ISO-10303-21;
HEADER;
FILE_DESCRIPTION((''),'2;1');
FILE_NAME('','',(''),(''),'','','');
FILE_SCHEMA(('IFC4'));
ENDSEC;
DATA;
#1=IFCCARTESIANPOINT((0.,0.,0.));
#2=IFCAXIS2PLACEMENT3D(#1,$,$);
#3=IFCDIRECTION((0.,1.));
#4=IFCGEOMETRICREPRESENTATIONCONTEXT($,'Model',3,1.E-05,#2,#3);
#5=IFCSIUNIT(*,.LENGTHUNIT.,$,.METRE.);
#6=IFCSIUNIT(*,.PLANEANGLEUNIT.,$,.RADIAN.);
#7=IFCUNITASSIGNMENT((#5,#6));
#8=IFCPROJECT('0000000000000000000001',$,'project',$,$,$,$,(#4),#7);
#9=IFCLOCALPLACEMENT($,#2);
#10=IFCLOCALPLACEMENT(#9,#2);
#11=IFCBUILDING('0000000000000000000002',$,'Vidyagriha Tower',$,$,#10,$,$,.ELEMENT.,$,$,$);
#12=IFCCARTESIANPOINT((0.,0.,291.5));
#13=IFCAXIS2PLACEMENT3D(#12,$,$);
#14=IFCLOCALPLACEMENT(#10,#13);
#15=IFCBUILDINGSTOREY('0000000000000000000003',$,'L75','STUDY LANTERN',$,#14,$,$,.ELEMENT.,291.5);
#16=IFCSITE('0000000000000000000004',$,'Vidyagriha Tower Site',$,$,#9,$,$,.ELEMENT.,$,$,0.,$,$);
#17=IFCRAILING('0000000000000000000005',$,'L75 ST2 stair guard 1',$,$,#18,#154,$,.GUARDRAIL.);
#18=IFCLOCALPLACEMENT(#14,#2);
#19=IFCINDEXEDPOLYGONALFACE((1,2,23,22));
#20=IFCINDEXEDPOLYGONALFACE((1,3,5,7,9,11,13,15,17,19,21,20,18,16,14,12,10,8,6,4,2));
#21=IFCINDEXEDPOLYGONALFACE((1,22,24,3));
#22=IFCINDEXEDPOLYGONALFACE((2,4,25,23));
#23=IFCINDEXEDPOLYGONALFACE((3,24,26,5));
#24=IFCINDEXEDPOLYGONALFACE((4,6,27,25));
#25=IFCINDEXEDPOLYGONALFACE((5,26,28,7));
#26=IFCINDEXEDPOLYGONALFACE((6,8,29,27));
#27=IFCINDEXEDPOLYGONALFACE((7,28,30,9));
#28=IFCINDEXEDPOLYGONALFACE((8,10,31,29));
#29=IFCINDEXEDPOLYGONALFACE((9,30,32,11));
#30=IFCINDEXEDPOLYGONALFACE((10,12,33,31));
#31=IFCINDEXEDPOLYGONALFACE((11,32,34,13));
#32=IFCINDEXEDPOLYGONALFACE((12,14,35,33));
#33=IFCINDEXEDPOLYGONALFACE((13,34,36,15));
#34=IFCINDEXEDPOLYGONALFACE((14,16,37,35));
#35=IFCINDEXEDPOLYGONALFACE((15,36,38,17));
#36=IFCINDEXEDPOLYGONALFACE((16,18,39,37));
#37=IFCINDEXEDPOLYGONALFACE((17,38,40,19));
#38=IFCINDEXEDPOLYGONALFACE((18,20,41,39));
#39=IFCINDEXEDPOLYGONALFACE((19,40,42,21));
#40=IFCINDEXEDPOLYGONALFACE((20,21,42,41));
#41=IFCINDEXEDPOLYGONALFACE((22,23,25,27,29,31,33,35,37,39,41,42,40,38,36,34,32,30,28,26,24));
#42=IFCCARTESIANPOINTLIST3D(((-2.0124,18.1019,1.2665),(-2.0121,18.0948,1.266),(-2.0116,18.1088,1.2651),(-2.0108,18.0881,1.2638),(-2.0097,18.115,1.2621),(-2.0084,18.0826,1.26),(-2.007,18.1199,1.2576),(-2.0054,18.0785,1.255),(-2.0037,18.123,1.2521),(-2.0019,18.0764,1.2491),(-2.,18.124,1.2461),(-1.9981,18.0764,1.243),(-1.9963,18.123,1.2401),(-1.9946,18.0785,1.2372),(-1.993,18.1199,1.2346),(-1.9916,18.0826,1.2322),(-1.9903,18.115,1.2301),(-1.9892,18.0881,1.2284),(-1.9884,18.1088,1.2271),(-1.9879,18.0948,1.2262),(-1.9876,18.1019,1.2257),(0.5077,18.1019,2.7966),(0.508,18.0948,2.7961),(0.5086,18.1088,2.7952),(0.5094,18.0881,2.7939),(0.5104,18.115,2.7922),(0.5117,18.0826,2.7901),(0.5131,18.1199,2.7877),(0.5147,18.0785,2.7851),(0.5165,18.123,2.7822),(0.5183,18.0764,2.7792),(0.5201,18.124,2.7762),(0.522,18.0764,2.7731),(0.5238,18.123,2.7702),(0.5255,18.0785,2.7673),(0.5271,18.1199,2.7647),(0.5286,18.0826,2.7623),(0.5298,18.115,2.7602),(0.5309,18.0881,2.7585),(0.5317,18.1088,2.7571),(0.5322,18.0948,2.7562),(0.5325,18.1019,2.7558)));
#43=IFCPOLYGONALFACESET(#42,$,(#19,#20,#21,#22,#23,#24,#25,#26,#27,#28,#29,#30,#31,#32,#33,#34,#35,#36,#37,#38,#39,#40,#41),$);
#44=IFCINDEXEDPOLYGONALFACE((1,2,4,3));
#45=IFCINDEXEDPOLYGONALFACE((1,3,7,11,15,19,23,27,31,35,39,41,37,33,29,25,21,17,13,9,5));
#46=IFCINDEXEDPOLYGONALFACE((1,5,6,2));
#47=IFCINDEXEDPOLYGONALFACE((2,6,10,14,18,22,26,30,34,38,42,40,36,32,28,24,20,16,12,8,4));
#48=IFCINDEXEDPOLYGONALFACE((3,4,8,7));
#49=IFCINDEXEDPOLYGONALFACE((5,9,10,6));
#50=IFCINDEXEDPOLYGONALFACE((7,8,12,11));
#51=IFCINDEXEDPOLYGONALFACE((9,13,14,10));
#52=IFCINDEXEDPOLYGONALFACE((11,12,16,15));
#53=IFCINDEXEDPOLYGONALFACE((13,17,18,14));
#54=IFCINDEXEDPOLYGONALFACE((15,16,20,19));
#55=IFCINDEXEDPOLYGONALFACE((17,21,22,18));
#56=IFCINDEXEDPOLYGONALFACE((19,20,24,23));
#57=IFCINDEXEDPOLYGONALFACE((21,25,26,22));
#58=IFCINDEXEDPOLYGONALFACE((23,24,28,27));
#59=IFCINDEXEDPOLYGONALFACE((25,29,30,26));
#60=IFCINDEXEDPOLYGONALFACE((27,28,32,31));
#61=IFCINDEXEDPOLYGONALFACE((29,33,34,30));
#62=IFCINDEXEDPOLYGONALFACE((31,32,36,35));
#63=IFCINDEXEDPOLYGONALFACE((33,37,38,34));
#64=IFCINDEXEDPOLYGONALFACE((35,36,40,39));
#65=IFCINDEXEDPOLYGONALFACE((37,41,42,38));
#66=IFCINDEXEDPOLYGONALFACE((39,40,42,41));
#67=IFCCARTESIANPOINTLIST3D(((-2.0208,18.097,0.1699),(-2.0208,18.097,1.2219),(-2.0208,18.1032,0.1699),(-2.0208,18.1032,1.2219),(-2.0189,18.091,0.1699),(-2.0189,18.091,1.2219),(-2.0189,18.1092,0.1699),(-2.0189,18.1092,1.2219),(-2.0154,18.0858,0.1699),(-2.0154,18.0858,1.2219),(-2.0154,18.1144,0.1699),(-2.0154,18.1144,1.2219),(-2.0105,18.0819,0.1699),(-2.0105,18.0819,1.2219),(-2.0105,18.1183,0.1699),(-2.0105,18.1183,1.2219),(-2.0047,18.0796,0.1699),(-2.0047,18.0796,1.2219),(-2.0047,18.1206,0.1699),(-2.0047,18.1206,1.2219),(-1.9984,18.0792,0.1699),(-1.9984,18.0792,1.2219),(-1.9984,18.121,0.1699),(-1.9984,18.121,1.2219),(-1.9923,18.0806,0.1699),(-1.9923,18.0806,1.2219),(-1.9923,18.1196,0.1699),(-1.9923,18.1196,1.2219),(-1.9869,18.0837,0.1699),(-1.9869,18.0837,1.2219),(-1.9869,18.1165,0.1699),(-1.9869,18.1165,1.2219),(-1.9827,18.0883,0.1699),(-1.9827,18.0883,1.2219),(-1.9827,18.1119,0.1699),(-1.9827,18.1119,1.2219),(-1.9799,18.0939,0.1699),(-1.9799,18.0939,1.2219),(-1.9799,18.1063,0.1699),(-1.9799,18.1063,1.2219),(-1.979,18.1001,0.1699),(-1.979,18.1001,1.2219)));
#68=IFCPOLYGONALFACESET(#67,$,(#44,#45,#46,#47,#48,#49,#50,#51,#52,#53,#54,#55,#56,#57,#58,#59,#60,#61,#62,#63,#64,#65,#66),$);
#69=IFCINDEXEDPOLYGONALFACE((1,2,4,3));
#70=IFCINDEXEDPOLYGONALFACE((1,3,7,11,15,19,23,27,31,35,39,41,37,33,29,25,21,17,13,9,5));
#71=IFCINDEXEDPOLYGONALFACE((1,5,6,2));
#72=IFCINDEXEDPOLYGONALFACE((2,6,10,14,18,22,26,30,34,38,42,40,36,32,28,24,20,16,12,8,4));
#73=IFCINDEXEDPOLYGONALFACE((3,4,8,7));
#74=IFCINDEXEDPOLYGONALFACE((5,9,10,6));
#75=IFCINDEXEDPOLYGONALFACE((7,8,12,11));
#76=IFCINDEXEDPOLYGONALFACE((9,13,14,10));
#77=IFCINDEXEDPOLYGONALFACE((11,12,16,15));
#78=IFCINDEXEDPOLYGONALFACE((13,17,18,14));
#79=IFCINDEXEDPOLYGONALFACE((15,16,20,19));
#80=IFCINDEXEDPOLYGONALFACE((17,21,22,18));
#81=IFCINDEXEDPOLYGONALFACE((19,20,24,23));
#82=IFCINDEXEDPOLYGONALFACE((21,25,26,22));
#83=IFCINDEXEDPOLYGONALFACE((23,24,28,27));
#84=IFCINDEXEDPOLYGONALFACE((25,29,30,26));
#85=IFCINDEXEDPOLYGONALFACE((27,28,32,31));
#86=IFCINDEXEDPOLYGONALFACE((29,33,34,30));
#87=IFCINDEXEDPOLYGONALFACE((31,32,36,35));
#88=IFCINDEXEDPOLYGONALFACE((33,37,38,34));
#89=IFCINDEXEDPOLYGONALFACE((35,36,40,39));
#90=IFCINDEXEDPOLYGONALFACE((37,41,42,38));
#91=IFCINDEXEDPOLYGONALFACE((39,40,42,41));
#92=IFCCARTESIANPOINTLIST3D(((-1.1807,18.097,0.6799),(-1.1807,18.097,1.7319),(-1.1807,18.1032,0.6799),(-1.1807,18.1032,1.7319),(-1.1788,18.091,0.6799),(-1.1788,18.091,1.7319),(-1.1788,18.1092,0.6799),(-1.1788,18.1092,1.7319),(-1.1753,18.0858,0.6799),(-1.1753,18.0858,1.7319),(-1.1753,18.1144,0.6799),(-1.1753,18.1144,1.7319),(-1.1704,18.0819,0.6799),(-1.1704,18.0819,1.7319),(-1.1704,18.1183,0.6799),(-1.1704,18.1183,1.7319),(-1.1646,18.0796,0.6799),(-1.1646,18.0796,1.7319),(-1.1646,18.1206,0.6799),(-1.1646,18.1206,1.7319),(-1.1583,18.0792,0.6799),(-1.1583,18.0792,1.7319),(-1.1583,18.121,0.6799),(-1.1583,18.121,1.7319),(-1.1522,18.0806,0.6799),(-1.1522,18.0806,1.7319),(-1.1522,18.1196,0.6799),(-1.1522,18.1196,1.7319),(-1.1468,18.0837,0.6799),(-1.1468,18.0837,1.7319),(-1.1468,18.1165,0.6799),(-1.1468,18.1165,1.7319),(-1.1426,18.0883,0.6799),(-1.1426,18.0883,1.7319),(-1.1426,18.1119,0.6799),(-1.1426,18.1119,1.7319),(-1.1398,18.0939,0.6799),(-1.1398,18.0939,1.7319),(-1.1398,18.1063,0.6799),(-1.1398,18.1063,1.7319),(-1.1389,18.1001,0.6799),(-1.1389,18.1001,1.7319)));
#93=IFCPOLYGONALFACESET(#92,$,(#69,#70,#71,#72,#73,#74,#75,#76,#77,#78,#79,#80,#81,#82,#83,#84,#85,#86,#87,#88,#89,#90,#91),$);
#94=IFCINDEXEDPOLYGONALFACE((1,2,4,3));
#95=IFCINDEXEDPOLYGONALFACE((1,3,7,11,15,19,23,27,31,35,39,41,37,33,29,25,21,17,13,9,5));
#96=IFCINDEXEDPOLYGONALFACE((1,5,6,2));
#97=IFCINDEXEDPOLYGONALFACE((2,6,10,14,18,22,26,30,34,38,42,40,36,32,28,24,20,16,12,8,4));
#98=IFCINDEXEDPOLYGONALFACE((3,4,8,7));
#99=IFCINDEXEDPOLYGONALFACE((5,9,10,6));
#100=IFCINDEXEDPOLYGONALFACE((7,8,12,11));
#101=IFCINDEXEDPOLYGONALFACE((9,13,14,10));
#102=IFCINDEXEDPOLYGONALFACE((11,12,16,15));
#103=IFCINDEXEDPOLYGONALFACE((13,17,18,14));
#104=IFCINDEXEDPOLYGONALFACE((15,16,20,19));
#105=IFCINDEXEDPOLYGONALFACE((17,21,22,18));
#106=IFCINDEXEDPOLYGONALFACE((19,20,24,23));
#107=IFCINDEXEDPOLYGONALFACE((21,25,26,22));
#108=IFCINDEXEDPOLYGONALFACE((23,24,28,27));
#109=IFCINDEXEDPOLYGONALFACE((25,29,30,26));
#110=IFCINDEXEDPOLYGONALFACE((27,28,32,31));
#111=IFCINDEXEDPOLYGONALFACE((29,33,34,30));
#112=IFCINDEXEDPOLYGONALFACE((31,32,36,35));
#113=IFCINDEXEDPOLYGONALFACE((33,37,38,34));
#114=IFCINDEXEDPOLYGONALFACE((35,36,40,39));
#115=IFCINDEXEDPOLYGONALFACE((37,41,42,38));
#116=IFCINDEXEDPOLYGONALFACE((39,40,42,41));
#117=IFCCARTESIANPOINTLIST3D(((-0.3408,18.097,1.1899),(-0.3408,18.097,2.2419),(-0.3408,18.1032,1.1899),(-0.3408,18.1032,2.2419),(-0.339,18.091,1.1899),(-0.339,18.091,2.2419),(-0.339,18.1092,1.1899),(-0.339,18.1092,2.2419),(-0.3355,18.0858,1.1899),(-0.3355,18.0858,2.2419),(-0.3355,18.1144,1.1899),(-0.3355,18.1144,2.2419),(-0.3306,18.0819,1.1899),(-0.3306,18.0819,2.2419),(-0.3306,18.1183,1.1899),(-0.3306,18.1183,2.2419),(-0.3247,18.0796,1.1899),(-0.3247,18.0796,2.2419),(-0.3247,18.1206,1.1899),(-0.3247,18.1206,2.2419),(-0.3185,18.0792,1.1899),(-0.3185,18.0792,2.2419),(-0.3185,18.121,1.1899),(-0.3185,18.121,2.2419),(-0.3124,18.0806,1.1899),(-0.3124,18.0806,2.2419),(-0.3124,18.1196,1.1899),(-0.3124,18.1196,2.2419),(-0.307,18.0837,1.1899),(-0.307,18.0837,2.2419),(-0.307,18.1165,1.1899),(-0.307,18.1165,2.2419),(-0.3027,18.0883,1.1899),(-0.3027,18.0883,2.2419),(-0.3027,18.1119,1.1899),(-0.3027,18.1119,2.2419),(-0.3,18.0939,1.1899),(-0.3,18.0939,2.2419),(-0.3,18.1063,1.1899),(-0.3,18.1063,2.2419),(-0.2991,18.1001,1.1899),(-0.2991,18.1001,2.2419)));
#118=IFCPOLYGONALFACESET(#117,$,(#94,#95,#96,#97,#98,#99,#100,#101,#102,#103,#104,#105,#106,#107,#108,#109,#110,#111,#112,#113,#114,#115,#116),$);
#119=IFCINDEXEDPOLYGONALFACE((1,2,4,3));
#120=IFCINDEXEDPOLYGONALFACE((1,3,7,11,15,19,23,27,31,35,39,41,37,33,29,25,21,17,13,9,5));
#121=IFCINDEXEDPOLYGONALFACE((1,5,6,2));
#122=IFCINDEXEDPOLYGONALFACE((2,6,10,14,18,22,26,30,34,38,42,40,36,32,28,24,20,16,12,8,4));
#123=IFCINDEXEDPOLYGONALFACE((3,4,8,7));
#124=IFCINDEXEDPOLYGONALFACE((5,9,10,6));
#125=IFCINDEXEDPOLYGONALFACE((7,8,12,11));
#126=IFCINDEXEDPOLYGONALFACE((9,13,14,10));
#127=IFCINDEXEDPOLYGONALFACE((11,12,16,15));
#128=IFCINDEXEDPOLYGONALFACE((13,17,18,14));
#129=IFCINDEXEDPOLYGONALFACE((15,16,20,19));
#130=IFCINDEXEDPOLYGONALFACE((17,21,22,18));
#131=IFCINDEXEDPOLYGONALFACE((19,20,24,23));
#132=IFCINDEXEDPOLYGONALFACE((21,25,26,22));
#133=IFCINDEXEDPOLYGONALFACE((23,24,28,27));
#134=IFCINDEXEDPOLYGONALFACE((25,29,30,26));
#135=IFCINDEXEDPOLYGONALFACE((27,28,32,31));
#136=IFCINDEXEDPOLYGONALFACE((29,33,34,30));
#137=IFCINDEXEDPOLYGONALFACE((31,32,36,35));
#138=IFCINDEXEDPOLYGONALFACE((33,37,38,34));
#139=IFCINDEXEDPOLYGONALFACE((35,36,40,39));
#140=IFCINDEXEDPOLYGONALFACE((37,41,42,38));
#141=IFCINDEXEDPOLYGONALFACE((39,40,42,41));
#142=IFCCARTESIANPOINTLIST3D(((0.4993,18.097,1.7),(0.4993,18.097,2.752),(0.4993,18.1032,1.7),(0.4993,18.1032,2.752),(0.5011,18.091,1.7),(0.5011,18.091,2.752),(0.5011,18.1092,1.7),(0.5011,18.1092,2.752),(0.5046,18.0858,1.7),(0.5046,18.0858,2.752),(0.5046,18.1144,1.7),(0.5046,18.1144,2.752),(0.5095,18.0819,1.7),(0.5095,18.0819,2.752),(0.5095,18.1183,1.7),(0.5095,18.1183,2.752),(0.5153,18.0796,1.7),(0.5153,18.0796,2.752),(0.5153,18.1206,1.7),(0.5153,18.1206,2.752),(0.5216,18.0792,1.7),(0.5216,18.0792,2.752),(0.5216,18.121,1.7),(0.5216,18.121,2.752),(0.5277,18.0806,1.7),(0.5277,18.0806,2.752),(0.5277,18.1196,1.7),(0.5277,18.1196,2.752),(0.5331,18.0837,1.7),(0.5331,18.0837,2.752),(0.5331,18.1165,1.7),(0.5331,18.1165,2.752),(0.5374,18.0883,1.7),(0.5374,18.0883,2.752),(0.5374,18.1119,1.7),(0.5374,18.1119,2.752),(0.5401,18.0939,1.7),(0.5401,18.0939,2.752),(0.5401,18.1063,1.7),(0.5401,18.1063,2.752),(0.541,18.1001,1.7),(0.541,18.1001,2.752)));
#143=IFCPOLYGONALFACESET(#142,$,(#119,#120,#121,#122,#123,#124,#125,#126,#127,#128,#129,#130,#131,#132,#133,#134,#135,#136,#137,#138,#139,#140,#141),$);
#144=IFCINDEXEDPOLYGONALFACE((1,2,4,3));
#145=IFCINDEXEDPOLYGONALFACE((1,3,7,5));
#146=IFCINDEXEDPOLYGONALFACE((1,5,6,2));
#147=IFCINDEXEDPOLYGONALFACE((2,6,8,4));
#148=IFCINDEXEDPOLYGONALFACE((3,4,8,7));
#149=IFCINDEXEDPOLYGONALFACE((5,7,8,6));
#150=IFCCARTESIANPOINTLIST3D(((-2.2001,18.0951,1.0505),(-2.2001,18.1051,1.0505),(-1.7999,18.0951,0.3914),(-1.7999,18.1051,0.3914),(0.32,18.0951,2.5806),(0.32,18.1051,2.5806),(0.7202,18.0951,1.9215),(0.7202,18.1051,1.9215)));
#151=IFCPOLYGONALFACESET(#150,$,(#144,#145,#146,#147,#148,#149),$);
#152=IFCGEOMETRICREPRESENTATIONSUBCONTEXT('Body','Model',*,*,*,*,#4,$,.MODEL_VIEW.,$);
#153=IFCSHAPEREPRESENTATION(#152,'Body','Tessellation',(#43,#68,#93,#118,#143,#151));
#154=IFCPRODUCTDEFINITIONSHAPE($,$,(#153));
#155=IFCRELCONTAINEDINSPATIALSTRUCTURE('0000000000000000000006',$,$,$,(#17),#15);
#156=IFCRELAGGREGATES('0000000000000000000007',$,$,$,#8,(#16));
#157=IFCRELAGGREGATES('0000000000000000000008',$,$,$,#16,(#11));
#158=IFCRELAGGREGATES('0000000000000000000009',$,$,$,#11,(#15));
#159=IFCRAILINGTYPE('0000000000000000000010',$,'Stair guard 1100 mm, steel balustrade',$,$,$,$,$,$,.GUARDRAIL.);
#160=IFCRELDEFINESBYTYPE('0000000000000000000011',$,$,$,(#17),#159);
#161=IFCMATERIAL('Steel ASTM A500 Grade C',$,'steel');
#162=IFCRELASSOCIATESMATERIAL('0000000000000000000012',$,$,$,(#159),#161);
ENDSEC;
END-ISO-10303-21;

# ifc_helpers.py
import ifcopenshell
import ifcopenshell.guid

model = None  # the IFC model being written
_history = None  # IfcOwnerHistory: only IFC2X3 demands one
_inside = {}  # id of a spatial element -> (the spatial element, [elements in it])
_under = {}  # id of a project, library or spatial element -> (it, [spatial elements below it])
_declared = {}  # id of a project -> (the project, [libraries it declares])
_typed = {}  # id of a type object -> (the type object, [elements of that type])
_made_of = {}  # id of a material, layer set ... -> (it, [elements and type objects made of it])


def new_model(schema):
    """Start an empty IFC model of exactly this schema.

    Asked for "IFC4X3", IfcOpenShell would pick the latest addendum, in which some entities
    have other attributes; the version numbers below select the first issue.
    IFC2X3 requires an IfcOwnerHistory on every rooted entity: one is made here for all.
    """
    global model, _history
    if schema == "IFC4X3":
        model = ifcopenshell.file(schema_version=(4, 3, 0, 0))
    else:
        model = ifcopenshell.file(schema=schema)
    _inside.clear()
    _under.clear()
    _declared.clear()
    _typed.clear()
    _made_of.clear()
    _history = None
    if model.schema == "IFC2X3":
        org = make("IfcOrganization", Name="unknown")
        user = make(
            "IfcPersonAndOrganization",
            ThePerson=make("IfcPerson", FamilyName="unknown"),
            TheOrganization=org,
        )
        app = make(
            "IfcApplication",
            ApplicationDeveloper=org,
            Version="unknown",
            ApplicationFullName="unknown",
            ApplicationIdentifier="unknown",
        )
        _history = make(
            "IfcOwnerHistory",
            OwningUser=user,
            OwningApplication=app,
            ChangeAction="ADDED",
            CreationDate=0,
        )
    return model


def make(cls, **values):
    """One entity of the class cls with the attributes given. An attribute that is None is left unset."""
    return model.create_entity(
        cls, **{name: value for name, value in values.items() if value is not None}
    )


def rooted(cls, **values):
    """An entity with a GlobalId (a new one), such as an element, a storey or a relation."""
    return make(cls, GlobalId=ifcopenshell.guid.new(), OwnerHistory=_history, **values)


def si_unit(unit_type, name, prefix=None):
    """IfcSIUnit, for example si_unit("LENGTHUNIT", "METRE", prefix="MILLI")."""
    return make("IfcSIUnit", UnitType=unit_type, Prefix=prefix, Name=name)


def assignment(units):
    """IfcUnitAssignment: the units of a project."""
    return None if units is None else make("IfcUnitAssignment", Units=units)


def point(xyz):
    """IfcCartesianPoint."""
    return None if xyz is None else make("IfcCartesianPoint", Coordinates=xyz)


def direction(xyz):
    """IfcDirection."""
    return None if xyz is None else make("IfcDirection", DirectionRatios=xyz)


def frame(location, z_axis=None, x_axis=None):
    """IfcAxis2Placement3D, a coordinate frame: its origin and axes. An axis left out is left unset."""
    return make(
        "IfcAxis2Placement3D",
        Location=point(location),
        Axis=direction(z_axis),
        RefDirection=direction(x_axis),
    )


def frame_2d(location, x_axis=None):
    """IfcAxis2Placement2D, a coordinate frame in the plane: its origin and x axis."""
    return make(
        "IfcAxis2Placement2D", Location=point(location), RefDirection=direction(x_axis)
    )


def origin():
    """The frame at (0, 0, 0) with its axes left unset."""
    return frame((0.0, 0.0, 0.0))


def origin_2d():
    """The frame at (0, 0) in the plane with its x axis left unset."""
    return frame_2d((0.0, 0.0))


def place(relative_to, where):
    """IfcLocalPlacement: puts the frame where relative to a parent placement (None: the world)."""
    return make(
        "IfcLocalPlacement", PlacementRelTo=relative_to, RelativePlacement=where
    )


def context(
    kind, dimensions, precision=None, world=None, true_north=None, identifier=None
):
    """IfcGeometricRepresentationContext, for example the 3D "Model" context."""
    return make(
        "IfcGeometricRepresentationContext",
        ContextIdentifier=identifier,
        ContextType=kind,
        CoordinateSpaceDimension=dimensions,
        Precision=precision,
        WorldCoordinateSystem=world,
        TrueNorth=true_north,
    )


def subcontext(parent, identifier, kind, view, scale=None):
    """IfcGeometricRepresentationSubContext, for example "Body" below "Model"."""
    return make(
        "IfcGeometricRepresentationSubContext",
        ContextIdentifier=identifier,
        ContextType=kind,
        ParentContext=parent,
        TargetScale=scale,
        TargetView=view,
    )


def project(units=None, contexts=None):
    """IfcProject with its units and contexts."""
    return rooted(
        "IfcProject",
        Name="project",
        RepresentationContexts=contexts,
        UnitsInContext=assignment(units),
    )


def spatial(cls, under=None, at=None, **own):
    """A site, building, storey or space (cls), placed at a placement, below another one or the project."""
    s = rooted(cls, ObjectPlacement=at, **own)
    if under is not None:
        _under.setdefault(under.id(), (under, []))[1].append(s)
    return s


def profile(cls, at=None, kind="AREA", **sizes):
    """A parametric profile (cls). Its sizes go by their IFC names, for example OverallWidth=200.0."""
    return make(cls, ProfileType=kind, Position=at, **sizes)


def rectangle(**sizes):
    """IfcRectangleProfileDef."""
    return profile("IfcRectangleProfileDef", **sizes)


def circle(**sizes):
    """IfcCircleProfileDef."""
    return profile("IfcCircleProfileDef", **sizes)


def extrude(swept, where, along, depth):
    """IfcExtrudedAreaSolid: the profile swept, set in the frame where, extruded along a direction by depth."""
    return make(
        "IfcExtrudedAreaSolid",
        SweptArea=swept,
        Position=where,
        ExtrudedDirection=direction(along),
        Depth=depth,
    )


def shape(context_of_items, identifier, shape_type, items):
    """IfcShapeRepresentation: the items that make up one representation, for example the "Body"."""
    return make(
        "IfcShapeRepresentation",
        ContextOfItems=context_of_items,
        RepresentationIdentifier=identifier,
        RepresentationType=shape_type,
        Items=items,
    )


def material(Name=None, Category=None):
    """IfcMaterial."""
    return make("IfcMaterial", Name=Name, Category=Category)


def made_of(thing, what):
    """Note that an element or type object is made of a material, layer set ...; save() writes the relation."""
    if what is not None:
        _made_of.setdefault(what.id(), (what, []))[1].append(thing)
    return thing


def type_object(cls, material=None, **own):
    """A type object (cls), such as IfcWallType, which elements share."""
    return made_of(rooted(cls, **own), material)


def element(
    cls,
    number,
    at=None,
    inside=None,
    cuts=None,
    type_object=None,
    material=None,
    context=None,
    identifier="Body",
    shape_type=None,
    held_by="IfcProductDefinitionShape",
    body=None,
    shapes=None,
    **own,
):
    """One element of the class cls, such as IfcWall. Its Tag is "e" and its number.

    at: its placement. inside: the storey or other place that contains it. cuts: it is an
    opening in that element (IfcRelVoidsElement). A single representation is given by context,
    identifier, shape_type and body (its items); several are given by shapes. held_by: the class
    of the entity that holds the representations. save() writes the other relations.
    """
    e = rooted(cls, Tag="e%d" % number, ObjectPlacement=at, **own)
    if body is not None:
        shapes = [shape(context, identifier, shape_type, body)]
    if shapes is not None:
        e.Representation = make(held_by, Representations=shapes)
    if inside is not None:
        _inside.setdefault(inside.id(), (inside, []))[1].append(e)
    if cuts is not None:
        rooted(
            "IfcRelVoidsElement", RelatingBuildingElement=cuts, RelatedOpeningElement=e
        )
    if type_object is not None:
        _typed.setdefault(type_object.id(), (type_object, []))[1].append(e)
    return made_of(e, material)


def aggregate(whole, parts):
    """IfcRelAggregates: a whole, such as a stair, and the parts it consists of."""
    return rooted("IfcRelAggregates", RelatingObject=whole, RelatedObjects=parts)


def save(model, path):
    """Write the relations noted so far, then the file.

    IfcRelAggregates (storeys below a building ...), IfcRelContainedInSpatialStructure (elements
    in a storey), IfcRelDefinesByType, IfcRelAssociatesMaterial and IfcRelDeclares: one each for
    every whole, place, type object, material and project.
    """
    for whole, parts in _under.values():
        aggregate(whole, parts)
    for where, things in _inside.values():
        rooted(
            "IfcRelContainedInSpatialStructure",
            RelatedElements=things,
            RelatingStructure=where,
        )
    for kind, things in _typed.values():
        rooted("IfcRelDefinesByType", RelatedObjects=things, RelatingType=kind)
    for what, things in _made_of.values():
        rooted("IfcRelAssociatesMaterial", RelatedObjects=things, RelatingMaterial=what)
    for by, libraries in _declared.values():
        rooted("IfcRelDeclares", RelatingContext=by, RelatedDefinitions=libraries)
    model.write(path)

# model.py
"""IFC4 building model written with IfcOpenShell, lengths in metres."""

from ifc_helpers import new_model, si_unit, direction, frame, origin, origin_2d, place, context, subcontext, project, spatial, rectangle, circle, extrude, material, type_object, element, save


model = new_model("IFC4")

# Units and contexts
model_context = context("Model", 3, precision=1e-05, world=origin(), true_north=direction((0.0, 1.0)))
body_context = subcontext(model_context, "Body", "Model", "MODEL_VIEW")
ifc_project = project(units=[si_unit("LENGTHUNIT", "METRE"), si_unit("PLANEANGLEUNIT", "RADIAN")], contexts=[model_context])

# Site, building, storey
site_placement = place(None, origin())
site = spatial("IfcSite", under=ifc_project, at=site_placement, Name="Vidyagriha Tower Site", CompositionType="ELEMENT", RefElevation=0.0)
building_placement = place(site_placement, origin())
building = spatial("IfcBuilding", under=site, at=building_placement, Name="Vidyagriha Tower", CompositionType="ELEMENT")
storey_placement = place(building_placement, frame((0.0, 0.0, 291.5)))
storey = spatial("IfcBuildingStorey", under=building, at=storey_placement, Name="L75", Description="STUDY LANTERN", CompositionType="ELEMENT", Elevation=291.5)

# Railing
ifc_material_1 = material(Name="Steel ASTM A500 Grade C", Category="steel")
railing_type_1 = type_object("IfcRailingType", Name="Stair guard 1100 mm, steel balustrade", PredefinedType="GUARDRAIL", material=ifc_material_1)
railing_1_placement = place(storey_placement, frame((-2.0, 18.1001, 0.1699)))
element("IfcRailing", 1, at=railing_1_placement, inside=storey, type_object=railing_type_1, Name="L75 ST2 stair guard 1", PredefinedType="GUARDRAIL", context=body_context, shape_type="SweptSolid", body=[
    extrude(circle(Radius=0.0239, at=origin_2d()), frame((0.0, 0.0, 1.0762), z_axis=(0.854785, 0.0, 0.518982), x_axis=(0.0, 1.0, 0.0)), (0.0, 0.0, 1.0), 2.9482),
    extrude(circle(Radius=0.021, at=origin_2d()), origin(), (0.0, 0.0, 1.0), 1.052),
    extrude(circle(Radius=0.021, at=origin_2d()), frame((0.8401, 0.0, 0.51)), (0.0, 0.0, 1.0), 1.052),
    extrude(circle(Radius=0.021, at=origin_2d()), frame((1.6799, 0.0, 1.02)), (0.0, 0.0, 1.0), 1.052),
    extrude(circle(Radius=0.021, at=origin_2d()), frame((2.52, 0.0, 1.53)), (0.0, 0.0, 1.0), 1.052),
    extrude(rectangle(XDim=0.01, YDim=0.771, at=origin_2d()), frame((0.0, 0.0, 0.551), z_axis=(0.854785, 0.0, 0.518982), x_axis=(0.0, 1.0, 0.0)), (0.0, 0.0, 1.0), 2.9482),
])

save(model, "model.ifc")
